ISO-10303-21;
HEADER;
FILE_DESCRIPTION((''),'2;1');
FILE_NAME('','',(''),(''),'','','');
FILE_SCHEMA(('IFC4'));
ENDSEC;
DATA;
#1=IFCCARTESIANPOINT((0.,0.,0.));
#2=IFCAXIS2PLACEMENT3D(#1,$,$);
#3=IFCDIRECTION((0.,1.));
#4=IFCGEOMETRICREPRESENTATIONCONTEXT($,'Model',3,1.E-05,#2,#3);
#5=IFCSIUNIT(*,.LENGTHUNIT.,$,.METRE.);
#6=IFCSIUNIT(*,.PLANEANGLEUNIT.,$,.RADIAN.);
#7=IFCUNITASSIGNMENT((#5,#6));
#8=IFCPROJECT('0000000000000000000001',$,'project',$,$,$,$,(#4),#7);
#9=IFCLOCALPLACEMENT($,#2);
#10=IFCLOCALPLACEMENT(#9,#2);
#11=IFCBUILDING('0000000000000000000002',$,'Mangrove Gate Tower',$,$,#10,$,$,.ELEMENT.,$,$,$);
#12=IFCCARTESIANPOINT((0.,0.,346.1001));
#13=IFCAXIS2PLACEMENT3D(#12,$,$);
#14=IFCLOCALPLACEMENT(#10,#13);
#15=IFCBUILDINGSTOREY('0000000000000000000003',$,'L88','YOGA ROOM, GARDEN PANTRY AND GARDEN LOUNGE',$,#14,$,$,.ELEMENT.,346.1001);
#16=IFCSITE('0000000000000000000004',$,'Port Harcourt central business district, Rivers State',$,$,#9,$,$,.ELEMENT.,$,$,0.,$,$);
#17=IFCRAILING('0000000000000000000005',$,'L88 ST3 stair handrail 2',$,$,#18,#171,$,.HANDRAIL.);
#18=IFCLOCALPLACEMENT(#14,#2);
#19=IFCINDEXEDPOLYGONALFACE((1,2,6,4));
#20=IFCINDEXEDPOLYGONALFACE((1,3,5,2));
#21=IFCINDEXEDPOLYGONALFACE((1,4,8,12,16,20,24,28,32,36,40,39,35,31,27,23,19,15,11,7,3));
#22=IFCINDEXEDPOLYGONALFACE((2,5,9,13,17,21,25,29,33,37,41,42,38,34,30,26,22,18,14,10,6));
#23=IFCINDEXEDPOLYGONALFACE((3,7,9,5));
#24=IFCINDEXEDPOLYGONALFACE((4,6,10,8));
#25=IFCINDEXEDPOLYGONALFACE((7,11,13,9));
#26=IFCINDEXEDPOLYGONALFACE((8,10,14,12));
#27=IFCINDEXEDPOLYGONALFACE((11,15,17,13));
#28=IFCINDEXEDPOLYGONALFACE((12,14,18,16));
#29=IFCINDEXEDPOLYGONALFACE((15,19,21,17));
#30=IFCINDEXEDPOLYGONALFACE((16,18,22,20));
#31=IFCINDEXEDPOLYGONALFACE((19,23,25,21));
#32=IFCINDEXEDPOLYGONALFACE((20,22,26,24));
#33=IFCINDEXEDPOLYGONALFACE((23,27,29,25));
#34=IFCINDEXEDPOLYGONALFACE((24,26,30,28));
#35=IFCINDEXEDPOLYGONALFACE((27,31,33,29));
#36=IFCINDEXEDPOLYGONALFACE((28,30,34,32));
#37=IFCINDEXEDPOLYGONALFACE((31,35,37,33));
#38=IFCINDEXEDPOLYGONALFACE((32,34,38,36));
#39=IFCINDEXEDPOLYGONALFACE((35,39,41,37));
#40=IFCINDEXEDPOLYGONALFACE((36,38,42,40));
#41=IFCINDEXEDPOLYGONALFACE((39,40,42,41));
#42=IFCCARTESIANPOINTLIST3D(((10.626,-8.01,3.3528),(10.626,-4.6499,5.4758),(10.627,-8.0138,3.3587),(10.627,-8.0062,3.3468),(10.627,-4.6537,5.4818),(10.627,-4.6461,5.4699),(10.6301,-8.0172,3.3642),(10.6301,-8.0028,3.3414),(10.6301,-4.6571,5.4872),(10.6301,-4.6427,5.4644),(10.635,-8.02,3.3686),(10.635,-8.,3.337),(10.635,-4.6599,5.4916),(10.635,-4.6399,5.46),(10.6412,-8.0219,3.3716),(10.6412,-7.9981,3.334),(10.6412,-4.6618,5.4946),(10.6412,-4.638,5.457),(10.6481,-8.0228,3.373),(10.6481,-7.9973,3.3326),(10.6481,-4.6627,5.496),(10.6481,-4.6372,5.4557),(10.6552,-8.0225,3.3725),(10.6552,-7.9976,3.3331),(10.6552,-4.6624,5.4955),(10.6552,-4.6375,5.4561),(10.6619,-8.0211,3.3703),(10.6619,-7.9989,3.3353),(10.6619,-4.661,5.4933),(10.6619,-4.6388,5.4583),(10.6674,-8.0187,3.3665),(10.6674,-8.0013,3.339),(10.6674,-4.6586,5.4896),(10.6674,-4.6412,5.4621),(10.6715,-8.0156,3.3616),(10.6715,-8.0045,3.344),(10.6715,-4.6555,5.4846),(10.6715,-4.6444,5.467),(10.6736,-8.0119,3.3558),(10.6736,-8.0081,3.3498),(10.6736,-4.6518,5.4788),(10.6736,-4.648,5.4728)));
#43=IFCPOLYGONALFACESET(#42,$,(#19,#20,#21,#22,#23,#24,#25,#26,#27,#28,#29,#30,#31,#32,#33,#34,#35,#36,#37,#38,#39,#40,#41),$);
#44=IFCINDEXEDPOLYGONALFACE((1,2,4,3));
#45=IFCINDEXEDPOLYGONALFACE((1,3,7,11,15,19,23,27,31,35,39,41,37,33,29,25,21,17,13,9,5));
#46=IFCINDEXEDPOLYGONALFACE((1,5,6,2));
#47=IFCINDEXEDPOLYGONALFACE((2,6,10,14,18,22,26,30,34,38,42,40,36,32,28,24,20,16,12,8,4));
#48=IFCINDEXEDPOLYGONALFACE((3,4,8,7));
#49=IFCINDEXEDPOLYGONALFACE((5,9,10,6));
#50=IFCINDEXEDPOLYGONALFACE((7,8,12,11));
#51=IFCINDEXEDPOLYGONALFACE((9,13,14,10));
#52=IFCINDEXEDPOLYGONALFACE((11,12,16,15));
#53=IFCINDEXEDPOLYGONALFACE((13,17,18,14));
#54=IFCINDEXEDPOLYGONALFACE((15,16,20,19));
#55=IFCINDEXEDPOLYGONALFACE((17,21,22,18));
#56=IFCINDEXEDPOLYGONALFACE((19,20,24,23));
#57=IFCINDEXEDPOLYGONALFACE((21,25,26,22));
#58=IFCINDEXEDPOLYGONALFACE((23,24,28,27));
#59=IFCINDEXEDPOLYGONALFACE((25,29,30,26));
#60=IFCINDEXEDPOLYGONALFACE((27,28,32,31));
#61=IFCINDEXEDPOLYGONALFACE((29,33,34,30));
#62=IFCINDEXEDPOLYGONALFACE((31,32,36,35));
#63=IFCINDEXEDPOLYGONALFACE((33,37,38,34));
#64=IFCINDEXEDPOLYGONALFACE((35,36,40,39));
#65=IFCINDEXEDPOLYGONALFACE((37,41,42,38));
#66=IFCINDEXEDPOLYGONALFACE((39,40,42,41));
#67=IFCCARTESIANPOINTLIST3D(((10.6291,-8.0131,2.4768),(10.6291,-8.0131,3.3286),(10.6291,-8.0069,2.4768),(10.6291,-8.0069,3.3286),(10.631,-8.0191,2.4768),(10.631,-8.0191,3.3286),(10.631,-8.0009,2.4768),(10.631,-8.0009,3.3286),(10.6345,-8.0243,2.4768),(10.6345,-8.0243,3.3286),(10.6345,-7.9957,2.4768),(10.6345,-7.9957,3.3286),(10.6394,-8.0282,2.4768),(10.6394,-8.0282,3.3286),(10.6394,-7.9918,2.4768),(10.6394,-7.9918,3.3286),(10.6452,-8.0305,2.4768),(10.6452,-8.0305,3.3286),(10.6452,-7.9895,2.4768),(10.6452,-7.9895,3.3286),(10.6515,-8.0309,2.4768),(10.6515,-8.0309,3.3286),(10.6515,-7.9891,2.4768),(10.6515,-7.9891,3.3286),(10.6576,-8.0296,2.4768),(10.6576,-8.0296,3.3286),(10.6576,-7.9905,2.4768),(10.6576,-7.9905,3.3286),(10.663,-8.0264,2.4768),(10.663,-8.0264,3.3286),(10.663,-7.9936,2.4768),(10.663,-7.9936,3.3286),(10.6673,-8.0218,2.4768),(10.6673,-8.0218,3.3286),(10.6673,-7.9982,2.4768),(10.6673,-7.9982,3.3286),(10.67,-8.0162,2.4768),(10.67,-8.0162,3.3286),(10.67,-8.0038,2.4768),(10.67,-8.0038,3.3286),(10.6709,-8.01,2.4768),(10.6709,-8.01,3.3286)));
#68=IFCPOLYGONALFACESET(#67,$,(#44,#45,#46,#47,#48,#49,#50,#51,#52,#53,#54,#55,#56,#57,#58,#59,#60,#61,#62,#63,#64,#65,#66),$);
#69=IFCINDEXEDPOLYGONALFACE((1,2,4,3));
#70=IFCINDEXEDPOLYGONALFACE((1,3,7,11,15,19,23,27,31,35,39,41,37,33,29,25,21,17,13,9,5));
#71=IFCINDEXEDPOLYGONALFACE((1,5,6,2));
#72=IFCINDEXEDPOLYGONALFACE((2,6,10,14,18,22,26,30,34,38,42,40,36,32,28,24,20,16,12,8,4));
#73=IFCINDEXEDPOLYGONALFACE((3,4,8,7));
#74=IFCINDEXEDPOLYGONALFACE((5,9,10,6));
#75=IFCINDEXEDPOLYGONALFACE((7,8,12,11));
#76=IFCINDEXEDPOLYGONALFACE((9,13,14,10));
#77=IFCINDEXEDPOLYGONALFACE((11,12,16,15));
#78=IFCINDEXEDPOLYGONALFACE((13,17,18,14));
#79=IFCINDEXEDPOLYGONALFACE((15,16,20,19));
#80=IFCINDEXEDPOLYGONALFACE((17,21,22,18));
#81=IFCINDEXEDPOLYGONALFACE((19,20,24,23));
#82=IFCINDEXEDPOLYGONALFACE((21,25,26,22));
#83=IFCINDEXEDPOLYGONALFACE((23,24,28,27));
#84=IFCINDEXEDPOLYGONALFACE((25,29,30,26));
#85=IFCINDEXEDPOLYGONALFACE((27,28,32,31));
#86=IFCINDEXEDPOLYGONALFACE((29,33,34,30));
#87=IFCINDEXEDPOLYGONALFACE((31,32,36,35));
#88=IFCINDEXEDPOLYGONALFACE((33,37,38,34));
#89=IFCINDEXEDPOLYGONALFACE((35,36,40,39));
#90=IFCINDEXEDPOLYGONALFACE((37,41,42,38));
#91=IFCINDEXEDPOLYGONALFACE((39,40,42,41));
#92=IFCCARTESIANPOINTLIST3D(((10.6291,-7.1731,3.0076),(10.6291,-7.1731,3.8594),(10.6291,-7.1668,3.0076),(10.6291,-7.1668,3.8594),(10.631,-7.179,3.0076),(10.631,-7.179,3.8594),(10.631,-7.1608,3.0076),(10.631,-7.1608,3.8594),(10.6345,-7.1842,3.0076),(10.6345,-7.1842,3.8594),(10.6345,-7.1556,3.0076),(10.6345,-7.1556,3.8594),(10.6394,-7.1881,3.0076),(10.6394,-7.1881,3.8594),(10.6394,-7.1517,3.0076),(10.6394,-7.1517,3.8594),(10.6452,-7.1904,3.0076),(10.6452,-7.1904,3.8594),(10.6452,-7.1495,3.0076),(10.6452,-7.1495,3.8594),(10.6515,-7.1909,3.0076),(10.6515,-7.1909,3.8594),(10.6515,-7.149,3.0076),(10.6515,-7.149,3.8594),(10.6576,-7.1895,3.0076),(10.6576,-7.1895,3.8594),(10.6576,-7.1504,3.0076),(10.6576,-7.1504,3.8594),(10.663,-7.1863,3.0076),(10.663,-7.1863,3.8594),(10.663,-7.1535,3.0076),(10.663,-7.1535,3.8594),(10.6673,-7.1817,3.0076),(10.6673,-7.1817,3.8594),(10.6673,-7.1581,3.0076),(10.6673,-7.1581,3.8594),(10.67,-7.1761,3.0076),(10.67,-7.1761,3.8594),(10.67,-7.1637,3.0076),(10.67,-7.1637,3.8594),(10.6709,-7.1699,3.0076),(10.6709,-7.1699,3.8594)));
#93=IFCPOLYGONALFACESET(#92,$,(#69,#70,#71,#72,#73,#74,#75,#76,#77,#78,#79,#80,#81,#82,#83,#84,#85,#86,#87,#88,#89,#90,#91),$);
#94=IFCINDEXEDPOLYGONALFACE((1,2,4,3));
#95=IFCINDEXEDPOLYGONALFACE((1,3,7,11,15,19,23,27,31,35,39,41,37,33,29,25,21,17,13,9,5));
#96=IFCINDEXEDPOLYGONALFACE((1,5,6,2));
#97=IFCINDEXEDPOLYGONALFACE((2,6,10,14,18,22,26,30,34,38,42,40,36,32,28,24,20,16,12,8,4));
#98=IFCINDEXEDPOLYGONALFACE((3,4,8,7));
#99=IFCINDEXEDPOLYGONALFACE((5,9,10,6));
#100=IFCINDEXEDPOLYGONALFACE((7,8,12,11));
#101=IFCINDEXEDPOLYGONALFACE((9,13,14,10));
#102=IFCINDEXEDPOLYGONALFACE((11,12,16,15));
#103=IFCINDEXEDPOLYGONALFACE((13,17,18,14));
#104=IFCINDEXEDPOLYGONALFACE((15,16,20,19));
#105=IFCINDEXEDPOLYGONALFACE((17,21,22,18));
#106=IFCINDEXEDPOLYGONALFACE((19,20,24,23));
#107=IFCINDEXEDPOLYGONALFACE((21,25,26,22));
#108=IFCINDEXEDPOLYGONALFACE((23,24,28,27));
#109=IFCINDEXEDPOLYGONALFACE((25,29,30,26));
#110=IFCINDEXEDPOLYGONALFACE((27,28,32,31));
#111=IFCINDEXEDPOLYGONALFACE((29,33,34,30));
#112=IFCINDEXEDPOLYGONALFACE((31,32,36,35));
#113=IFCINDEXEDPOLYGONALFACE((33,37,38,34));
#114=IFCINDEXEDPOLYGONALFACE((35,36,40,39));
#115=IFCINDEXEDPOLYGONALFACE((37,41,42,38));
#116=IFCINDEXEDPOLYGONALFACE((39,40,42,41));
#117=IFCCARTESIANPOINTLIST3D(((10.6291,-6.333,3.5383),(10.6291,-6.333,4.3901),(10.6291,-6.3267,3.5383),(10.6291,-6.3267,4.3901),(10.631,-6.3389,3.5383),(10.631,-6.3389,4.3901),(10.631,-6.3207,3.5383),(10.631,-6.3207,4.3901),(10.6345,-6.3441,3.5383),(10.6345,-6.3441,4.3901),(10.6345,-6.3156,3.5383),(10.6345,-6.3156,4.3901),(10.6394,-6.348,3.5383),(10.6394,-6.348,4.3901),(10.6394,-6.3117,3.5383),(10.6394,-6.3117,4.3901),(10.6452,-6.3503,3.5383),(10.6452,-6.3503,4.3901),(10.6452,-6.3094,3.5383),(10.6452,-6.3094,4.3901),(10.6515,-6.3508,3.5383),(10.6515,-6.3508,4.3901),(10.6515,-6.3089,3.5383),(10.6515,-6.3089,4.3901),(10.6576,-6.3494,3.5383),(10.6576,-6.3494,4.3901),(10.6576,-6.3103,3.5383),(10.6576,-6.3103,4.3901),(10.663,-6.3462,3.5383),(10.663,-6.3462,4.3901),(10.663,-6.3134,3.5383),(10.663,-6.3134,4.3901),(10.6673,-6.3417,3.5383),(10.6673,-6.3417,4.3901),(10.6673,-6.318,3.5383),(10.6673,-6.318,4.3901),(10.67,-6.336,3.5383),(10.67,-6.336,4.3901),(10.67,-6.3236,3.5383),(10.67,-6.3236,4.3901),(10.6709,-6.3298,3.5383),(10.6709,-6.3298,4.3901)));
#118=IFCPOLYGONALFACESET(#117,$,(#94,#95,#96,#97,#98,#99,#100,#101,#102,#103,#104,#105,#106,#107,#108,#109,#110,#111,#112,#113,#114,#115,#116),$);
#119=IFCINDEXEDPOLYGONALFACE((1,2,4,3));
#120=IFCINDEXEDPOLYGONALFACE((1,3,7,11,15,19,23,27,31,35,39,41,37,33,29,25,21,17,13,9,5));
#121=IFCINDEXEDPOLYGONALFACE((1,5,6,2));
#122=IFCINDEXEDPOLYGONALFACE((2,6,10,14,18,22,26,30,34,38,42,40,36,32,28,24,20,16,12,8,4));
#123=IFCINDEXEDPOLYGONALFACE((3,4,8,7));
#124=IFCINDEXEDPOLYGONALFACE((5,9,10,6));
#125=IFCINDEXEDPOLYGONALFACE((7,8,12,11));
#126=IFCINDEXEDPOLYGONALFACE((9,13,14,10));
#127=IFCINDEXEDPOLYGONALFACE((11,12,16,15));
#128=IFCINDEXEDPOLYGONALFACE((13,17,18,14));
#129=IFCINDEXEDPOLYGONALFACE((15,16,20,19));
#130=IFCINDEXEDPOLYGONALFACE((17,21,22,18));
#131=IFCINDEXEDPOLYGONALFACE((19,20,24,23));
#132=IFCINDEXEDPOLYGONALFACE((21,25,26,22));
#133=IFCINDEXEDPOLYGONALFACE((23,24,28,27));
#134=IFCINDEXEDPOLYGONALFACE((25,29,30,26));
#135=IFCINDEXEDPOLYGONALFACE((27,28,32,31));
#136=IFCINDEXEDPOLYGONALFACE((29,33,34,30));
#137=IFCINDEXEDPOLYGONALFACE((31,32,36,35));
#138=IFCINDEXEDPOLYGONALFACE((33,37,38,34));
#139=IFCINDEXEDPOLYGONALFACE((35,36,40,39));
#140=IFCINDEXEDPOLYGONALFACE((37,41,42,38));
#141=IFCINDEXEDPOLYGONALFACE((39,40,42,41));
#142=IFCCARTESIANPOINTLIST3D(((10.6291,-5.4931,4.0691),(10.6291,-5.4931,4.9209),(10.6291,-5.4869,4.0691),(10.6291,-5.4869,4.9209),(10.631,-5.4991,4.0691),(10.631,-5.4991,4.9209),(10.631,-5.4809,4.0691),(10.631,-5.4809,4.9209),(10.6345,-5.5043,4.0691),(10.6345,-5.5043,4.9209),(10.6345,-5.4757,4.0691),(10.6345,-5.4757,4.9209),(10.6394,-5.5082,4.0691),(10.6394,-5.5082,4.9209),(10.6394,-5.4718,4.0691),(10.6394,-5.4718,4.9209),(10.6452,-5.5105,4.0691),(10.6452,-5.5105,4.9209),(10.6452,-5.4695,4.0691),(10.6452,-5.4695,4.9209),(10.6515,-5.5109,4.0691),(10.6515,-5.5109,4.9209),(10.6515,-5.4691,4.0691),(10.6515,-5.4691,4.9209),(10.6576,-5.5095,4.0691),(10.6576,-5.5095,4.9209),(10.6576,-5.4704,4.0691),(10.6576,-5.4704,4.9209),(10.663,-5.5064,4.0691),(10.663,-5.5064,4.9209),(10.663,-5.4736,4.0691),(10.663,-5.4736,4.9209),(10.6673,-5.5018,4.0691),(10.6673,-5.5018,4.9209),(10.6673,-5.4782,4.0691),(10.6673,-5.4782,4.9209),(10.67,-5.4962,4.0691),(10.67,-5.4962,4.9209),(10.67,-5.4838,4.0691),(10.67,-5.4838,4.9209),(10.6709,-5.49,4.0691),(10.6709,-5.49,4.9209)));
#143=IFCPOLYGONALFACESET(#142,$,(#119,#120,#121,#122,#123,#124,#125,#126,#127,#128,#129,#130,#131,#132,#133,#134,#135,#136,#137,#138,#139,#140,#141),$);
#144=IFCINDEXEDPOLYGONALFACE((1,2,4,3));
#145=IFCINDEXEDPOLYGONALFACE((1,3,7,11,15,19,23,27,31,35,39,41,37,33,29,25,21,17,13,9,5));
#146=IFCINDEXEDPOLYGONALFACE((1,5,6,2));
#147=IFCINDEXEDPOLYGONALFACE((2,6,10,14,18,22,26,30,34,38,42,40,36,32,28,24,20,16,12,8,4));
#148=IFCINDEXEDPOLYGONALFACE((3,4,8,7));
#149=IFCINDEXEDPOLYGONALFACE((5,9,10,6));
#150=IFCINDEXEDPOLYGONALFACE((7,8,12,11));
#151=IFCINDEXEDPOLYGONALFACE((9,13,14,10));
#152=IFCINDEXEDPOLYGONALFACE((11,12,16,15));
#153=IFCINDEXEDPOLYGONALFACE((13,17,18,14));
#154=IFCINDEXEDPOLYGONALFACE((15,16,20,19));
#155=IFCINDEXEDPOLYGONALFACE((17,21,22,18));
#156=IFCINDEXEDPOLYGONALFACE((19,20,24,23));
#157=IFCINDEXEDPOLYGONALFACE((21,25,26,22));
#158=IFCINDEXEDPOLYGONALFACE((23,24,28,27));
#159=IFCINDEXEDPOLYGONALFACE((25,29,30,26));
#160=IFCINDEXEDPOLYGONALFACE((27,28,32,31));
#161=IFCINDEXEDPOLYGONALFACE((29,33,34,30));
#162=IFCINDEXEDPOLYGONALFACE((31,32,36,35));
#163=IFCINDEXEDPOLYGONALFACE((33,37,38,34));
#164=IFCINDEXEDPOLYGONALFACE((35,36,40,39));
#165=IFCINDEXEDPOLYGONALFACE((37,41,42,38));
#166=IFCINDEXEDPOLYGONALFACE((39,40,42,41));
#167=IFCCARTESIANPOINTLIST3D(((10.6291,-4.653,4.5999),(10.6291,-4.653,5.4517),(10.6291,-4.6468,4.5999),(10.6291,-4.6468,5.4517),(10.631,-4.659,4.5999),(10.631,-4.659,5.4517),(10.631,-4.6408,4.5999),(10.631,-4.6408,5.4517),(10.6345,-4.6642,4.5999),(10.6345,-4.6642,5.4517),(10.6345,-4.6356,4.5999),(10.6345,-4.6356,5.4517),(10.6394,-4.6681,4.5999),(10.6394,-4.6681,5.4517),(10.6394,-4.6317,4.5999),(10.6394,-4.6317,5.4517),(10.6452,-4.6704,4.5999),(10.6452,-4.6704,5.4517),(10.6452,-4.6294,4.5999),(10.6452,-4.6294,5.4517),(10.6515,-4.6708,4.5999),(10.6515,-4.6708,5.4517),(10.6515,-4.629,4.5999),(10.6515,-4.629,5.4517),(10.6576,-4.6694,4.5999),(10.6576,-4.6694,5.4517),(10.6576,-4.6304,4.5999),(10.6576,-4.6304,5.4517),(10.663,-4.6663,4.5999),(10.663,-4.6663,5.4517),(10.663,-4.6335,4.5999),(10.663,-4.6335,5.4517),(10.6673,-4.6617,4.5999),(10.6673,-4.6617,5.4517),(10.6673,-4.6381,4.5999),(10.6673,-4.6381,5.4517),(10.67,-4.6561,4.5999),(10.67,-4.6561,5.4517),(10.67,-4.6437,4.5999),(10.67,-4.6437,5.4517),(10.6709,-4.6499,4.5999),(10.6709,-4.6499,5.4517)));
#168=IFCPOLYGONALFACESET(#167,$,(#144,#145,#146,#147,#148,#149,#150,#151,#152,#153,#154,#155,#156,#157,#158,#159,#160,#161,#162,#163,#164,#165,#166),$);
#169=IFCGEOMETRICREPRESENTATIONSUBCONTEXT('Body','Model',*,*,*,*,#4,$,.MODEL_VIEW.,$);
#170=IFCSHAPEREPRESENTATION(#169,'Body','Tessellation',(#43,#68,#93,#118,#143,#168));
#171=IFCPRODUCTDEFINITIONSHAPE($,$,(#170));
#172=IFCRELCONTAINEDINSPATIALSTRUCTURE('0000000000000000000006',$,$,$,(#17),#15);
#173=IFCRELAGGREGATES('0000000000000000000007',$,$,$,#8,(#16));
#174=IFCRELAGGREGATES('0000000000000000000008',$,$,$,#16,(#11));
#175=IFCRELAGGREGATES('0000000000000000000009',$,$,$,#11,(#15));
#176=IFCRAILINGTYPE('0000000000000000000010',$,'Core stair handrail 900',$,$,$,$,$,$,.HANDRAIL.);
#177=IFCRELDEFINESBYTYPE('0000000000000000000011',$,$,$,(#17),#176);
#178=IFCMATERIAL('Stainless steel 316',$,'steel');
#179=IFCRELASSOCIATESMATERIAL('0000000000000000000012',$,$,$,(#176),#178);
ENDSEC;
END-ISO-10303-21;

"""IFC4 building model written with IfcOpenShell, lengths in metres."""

from ifc_helpers import new_model, si_unit, direction, frame, origin, origin_2d, place, context, subcontext, project, spatial, circle, extrude, material, type_object, element, save


model = new_model("IFC4")

# Units and contexts
model_context = context("Model", 3, precision=1e-05, world=origin(), true_north=direction((0.0, 1.0)))
body_context = subcontext(model_context, "Body", "Model", "MODEL_VIEW")
ifc_project = project(units=[si_unit("LENGTHUNIT", "METRE"), si_unit("PLANEANGLEUNIT", "RADIAN")], contexts=[model_context])

# Site, building, storey
site_placement = place(None, origin())
site = spatial("IfcSite", under=ifc_project, at=site_placement, Name="Port Harcourt central business district, Rivers State", CompositionType="ELEMENT", RefElevation=0.0)
building_placement = place(site_placement, origin())
building = spatial("IfcBuilding", under=site, at=building_placement, Name="Mangrove Gate Tower", CompositionType="ELEMENT")
storey_placement = place(building_placement, frame((0.0, 0.0, 346.1001)))
storey = spatial("IfcBuildingStorey", under=building, at=storey_placement, Name="L88", Description="YOGA ROOM, GARDEN PANTRY AND GARDEN LOUNGE", CompositionType="ELEMENT", Elevation=346.1001)

# Railing
ifc_material_1 = material(Name="Stainless steel 316", Category="steel")
railing_type_1 = type_object("IfcRailingType", Name="Core stair handrail 900", PredefinedType="HANDRAIL", material=ifc_material_1)
railing_1_placement = place(storey_placement, frame((10.6499, -8.01, 2.4768)))
element("IfcRailing", 1, at=railing_1_placement, inside=storey, type_object=railing_type_1, Name="L88 ST3 stair handrail 2", PredefinedType="HANDRAIL", context=body_context, shape_type="SweptSolid", body=[
    extrude(circle(Radius=0.0239, at=origin_2d()), frame((0.0, 0.0, 0.876), z_axis=(0.0, 0.84539, 0.53415), x_axis=(-1.0, 0.0, 0.0)), (0.0, 0.0, 1.0), 3.9746),
    extrude(circle(Radius=0.021, at=origin_2d()), origin(), (0.0, 0.0, 1.0), 0.8518),
    extrude(circle(Radius=0.021, at=origin_2d()), frame((0.0, 0.8401, 0.5308)), (0.0, 0.0, 1.0), 0.8518),
    extrude(circle(Radius=0.021, at=origin_2d()), frame((0.0, 1.6802, 1.0615)), (0.0, 0.0, 1.0), 0.8518),
    extrude(circle(Radius=0.021, at=origin_2d()), frame((0.0, 2.52, 1.5923)), (0.0, 0.0, 1.0), 0.8518),
    extrude(circle(Radius=0.021, at=origin_2d()), frame((0.0, 3.3601, 2.123)), (0.0, 0.0, 1.0), 0.8518),
])

save(model, "model.ifc")
